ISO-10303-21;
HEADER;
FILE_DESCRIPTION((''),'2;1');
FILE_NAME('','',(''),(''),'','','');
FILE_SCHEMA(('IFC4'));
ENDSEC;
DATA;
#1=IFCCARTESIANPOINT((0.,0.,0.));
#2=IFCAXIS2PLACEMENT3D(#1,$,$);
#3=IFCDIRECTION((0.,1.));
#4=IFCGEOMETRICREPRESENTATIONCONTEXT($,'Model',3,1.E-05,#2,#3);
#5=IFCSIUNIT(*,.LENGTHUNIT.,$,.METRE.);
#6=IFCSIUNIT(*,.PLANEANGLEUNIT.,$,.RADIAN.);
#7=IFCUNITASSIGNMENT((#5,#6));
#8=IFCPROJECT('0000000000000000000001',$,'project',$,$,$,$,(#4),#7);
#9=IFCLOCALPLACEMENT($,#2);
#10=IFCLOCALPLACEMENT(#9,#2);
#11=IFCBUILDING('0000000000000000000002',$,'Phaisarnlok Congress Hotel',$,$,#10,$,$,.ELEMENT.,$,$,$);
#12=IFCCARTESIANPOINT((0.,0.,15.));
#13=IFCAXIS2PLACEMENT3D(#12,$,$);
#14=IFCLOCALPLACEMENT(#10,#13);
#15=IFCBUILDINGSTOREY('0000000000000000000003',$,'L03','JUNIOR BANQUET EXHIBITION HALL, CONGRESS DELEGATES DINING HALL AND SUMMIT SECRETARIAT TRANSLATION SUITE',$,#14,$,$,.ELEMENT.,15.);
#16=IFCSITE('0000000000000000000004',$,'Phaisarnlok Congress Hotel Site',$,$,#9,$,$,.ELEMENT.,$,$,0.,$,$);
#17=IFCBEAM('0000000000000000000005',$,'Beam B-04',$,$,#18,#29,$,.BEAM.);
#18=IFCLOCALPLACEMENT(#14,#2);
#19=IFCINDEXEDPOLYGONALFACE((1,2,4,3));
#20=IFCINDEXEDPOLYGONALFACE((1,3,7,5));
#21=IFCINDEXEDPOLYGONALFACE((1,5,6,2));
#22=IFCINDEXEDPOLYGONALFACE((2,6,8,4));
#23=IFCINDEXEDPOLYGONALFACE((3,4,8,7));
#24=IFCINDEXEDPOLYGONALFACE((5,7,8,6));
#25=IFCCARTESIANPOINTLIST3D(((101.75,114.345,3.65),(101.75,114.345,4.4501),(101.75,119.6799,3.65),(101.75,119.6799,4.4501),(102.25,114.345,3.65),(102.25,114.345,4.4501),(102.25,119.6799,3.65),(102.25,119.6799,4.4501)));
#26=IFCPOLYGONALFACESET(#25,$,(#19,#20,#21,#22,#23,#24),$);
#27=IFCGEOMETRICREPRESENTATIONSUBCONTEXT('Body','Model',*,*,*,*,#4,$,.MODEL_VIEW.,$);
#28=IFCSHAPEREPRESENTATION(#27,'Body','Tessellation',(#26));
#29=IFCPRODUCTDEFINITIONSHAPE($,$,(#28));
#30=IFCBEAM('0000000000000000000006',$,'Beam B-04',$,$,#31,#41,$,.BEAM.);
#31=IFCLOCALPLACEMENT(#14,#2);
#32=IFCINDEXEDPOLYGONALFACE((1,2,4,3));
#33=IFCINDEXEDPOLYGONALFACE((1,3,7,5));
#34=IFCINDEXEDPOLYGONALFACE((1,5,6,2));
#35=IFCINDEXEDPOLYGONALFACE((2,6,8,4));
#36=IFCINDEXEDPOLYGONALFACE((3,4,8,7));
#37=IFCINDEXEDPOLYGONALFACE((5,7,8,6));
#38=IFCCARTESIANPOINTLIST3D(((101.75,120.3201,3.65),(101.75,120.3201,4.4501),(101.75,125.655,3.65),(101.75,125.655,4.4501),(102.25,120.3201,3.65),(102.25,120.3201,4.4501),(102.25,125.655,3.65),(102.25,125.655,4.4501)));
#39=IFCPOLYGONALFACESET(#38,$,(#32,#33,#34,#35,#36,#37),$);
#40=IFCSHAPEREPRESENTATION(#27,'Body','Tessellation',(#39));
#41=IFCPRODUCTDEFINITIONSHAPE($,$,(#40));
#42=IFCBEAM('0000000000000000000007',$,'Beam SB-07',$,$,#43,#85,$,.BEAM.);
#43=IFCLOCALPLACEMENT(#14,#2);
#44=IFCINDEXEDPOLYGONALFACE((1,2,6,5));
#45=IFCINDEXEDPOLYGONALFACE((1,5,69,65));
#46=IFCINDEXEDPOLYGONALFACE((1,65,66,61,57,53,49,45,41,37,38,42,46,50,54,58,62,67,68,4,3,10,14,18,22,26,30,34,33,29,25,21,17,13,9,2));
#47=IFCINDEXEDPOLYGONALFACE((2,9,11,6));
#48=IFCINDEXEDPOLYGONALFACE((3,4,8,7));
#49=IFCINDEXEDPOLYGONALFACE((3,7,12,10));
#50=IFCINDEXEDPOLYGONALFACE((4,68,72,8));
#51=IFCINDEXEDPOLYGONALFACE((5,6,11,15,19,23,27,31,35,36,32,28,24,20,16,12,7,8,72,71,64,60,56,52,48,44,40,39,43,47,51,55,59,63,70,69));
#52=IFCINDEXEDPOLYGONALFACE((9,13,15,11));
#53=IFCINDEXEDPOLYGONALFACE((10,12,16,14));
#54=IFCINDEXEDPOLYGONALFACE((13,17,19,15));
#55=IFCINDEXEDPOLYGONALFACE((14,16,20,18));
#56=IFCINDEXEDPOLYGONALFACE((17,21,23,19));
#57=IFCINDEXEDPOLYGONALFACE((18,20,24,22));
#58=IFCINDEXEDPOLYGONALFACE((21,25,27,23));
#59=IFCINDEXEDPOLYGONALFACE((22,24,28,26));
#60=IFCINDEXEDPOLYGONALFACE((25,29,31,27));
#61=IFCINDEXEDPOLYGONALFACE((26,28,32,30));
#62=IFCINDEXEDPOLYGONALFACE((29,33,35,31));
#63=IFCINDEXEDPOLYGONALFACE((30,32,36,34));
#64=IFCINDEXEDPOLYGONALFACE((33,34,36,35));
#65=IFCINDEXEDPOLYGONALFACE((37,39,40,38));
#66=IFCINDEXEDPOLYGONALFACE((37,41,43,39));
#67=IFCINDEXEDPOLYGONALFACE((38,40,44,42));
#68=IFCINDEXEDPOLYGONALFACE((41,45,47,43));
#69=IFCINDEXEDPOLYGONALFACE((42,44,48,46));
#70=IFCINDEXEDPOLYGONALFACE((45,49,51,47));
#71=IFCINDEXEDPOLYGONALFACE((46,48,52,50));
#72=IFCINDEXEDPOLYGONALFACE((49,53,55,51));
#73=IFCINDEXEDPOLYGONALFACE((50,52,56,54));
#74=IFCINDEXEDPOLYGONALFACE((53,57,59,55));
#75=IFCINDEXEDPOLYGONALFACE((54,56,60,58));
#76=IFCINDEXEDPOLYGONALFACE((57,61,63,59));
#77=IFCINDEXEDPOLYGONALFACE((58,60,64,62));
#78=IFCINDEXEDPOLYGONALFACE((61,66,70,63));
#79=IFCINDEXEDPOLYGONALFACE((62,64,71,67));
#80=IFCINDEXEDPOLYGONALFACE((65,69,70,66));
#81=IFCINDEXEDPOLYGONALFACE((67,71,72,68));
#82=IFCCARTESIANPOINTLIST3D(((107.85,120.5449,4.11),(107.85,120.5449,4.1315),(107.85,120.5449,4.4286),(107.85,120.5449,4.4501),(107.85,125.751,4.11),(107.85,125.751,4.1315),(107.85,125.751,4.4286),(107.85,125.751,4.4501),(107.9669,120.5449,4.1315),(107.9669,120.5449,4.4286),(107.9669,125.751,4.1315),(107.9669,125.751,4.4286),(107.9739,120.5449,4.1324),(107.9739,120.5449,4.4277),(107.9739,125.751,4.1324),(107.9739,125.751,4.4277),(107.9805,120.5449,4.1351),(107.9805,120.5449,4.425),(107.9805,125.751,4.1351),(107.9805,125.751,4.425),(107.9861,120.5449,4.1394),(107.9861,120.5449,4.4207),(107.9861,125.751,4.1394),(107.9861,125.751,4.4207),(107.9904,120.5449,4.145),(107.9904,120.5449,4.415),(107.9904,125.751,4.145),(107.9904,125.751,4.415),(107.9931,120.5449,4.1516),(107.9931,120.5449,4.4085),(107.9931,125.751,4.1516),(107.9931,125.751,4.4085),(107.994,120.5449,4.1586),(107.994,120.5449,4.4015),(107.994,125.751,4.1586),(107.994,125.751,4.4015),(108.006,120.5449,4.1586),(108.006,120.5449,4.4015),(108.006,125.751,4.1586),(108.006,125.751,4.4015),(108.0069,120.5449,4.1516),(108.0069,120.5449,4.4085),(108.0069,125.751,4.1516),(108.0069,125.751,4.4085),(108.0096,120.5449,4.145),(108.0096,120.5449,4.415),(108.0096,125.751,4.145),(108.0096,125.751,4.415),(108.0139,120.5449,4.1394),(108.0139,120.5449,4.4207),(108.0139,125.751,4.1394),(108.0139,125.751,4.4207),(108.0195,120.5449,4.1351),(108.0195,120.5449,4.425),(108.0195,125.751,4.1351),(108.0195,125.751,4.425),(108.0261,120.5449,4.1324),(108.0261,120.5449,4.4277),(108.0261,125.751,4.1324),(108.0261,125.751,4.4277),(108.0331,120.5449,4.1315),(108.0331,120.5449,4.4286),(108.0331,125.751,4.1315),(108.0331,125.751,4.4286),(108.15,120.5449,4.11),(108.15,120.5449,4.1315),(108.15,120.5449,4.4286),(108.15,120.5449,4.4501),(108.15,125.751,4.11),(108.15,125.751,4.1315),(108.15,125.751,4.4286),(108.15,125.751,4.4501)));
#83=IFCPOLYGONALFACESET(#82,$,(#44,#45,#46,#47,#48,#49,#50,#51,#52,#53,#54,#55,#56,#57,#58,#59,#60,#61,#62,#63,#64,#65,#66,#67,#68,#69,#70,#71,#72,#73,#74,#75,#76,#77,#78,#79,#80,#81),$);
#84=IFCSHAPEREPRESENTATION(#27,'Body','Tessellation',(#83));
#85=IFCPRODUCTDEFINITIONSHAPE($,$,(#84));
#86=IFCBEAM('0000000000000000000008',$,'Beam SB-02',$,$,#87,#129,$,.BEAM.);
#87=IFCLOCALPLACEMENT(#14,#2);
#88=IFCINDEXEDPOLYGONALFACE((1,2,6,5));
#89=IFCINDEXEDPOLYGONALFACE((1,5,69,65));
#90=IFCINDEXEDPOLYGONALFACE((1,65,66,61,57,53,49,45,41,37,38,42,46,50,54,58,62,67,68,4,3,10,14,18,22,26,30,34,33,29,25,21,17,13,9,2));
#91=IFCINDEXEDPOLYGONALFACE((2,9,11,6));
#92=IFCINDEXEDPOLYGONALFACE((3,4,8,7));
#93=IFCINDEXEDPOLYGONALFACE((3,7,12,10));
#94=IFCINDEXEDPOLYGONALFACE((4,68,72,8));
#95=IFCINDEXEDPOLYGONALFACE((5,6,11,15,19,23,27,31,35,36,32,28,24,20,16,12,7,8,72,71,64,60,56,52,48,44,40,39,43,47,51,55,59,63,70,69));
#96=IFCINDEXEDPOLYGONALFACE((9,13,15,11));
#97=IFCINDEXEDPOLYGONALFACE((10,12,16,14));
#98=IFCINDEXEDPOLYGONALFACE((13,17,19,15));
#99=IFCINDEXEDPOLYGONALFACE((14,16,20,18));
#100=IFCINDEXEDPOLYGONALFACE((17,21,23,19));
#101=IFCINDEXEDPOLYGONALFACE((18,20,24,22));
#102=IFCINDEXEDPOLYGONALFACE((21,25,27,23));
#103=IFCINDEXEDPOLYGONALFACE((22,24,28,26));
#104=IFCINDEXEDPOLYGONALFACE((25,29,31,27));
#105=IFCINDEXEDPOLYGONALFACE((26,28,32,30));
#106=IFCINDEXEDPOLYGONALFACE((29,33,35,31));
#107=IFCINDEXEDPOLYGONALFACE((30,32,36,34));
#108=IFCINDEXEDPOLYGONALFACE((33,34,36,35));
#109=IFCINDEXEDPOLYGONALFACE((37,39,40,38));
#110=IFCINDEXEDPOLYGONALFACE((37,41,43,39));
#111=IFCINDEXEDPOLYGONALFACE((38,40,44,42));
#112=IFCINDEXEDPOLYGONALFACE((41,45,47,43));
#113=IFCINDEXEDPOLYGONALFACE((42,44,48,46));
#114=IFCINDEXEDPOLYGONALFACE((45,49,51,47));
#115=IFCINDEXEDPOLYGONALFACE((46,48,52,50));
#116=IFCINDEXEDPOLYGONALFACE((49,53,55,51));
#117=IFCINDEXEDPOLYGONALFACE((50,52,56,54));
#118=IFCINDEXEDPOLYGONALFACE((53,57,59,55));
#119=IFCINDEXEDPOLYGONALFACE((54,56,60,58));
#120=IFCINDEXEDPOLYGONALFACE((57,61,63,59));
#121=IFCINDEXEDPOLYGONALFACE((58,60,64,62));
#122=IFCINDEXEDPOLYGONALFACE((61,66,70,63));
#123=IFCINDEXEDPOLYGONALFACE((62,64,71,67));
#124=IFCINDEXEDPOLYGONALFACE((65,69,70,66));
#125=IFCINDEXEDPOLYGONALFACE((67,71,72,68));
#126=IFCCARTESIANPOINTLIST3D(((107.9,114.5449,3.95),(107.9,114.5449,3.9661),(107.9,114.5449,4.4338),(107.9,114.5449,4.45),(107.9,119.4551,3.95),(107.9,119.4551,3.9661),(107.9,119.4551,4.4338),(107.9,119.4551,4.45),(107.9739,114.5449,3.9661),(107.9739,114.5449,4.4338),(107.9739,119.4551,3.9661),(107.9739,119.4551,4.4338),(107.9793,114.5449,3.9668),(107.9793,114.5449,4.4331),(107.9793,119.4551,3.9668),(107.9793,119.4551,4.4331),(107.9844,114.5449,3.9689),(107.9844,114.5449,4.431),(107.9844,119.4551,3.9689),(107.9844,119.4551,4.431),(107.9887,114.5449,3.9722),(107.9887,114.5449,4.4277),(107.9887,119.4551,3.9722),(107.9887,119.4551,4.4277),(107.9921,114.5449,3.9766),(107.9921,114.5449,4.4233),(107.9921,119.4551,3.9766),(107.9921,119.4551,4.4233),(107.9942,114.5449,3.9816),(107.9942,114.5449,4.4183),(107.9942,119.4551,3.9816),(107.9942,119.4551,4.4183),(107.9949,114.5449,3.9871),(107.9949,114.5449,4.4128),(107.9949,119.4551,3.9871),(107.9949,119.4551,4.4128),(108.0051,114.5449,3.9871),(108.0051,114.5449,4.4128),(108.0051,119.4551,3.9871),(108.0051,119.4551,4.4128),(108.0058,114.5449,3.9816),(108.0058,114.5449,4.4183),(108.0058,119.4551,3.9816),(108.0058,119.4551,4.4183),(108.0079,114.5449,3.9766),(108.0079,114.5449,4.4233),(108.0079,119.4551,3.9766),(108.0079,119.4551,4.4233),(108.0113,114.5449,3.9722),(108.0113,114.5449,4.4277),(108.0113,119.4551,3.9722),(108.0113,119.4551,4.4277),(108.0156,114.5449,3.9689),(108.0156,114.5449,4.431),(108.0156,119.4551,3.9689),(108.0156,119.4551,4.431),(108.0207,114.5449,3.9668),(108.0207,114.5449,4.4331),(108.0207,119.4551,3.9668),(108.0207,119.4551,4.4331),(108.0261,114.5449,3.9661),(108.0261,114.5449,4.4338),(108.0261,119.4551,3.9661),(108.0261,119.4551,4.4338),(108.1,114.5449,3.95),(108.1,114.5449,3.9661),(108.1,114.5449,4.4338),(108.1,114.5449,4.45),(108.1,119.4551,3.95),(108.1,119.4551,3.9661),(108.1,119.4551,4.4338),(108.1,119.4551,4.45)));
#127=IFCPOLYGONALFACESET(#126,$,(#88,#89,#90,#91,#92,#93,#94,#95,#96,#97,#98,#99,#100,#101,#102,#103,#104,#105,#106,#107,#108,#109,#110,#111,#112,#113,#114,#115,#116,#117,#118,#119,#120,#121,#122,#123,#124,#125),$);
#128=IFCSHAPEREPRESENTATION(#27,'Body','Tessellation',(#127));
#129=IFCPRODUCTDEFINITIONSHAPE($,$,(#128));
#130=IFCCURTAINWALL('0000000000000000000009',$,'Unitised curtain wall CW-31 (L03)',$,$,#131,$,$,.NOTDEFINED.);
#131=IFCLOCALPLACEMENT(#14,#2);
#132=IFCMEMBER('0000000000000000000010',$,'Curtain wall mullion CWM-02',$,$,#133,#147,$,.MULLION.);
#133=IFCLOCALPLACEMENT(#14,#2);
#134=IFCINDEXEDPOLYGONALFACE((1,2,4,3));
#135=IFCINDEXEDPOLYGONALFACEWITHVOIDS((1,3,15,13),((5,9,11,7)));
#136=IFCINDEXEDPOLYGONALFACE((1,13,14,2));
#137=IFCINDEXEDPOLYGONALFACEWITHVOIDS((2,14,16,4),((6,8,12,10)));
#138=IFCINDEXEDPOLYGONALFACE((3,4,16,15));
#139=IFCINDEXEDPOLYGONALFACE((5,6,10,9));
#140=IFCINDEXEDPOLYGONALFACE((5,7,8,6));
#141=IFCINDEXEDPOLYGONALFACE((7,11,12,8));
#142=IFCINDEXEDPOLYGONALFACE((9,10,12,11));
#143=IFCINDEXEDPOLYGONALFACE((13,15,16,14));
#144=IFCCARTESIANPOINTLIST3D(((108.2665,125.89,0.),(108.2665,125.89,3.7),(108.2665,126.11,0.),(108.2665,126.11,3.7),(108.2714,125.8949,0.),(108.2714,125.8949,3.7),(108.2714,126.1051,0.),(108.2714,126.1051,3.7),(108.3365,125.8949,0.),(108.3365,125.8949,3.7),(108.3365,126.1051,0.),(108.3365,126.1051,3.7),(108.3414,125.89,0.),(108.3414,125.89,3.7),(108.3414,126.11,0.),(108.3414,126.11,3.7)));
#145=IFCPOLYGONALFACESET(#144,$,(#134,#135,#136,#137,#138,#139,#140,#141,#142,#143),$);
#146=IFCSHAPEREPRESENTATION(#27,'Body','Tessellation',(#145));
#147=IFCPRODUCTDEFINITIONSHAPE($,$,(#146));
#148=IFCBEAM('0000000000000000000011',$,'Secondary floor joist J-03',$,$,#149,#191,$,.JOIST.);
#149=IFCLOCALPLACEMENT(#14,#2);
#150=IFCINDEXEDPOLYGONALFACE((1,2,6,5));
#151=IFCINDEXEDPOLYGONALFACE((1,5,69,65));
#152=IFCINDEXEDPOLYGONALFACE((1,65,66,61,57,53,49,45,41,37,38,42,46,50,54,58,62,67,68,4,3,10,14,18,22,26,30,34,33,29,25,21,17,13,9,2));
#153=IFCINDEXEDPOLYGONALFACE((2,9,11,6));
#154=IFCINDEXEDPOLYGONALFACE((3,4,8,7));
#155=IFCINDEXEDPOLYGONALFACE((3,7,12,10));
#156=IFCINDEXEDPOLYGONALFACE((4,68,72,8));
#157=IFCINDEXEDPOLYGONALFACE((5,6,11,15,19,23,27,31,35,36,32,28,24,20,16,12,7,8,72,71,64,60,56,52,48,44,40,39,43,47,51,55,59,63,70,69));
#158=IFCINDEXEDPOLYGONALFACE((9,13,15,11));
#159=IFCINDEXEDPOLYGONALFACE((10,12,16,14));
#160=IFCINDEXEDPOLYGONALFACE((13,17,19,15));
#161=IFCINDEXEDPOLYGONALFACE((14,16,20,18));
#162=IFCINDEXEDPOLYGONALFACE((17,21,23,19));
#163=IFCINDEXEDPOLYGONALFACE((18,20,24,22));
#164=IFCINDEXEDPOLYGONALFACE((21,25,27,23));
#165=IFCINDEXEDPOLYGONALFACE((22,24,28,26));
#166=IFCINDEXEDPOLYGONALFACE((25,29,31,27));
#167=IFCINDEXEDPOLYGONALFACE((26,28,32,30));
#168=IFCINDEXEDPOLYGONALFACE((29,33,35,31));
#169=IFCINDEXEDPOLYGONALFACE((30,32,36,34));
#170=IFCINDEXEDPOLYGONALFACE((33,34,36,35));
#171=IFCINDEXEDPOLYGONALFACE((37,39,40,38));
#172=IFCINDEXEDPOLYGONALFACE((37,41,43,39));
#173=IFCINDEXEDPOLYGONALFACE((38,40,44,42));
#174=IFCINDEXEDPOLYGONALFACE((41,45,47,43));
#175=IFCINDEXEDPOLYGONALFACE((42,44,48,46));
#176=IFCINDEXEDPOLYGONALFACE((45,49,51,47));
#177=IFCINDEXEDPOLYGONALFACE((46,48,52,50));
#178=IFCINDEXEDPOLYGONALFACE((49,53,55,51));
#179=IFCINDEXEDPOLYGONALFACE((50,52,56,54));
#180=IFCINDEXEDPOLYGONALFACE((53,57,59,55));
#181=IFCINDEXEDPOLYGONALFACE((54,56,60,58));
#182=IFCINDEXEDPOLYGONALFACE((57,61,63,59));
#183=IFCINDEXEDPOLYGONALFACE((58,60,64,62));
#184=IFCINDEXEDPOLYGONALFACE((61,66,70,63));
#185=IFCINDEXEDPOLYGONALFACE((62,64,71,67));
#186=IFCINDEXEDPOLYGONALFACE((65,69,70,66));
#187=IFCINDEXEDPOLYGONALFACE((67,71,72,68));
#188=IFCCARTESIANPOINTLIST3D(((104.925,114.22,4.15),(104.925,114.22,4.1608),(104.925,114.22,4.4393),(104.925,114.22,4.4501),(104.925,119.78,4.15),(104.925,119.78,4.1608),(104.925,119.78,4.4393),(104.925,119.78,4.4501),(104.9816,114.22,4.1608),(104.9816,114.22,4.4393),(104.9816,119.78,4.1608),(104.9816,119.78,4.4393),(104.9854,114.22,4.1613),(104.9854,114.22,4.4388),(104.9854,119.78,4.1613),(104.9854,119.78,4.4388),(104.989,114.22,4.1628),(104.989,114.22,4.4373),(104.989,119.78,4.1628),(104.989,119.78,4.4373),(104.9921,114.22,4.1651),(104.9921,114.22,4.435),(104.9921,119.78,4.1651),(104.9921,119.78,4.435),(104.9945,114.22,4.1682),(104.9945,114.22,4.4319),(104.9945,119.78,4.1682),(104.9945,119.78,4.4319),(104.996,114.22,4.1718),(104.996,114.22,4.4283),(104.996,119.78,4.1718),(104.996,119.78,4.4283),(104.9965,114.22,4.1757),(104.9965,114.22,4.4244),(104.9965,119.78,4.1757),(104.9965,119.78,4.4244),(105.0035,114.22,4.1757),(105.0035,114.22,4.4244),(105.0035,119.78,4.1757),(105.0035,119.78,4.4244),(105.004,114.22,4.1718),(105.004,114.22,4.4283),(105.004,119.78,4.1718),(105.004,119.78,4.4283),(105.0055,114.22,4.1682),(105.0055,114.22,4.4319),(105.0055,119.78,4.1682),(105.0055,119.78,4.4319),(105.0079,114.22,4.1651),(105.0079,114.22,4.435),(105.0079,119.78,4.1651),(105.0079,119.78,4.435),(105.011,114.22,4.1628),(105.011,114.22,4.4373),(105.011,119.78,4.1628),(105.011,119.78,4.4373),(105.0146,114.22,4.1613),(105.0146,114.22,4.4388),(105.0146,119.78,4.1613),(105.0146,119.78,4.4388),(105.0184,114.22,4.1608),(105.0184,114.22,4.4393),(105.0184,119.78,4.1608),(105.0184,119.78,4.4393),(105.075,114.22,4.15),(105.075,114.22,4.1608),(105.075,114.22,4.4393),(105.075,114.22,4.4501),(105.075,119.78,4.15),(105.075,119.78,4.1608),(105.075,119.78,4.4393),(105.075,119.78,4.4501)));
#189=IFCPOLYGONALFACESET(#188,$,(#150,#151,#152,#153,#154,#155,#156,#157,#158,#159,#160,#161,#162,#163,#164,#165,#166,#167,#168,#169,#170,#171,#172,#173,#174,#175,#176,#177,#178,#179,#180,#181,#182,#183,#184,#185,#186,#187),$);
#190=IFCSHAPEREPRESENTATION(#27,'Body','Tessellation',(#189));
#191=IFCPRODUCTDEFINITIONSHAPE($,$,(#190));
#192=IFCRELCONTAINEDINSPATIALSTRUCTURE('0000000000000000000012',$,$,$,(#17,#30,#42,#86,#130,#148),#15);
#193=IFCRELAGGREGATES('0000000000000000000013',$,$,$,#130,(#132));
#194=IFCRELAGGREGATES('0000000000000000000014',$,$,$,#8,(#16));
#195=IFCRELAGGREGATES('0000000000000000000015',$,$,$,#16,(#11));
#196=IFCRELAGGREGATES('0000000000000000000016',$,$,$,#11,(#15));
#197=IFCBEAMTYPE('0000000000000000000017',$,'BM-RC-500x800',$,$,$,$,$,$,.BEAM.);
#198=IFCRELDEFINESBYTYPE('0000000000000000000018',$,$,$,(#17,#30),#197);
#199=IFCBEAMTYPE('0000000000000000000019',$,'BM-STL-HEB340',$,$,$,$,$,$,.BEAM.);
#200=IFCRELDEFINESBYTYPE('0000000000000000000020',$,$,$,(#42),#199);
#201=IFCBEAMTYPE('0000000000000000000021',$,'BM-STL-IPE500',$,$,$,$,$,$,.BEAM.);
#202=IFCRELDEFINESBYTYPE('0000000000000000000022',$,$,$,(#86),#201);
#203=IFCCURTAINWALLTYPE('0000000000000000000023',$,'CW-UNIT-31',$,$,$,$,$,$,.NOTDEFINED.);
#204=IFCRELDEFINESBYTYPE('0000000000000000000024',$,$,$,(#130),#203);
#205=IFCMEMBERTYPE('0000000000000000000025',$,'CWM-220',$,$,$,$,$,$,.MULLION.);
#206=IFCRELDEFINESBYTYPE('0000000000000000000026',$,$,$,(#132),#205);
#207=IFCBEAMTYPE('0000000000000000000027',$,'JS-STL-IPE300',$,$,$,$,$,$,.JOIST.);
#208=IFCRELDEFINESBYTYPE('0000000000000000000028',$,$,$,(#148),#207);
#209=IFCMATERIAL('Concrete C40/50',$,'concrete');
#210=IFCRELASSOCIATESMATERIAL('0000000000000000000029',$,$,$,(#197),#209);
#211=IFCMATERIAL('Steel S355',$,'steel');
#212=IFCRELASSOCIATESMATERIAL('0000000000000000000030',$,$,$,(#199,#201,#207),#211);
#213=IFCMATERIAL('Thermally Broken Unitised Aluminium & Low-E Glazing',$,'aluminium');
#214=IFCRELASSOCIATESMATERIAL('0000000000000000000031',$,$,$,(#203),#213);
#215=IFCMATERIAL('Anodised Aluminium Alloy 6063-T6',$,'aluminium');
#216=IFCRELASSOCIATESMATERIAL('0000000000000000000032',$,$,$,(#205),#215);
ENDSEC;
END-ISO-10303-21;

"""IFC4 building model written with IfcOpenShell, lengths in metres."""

from ifc_helpers import new_model, si_unit, direction, frame, origin, origin_2d, place, context, subcontext, project, spatial, rectangle, hollow_rectangle, i_section, extrude, material, material_profile, profile_set, type_object, element, aggregate, save


model = new_model("IFC4")

# Units and contexts
model_context = context("Model", 3, precision=1e-05, world=origin(), true_north=direction((0.0, 1.0)))
body_context = subcontext(model_context, "Body", "Model", "MODEL_VIEW")
ifc_project = project(units=[si_unit("LENGTHUNIT", "METRE"), si_unit("PLANEANGLEUNIT", "RADIAN")], contexts=[model_context])

# Site, building, storey
site_placement = place(None, origin())
site = spatial("IfcSite", under=ifc_project, at=site_placement, Name="Phaisarnlok Congress Hotel Site", CompositionType="ELEMENT", RefElevation=0.0)
building_placement = place(site_placement, origin())
building = spatial("IfcBuilding", under=site, at=building_placement, Name="Phaisarnlok Congress Hotel", CompositionType="ELEMENT")
storey_placement = place(building_placement, frame((0.0, 0.0, 15.0)))
storey = spatial("IfcBuildingStorey", under=building, at=storey_placement, Name="L03", Description="JUNIOR BANQUET EXHIBITION HALL, CONGRESS DELEGATES DINING HALL AND SUMMIT SECRETARIAT TRANSLATION SUITE", CompositionType="ELEMENT", Elevation=15.0)

# Shared definitions
ifc_material_1 = material(Name="Steel S355", Category="steel")

# Beams
ifc_material_2 = material(Name="Concrete C40/50", Category="concrete")
ifc_material_profile_1 = material_profile(ifc_material_2, rectangle(XDim=0.5, YDim=0.8, at=origin_2d()), Name="RC 500x800")
ifc_profile_set_1 = profile_set([ifc_material_profile_1], Name="Concrete C40/50")
beam_type_1 = type_object("IfcBeamType", Name="BM-RC-500x800", PredefinedType="BEAM", material=ifc_profile_set_1)
for number, where, z_axis, x_axis, name in (
    (1, (102.0, 114.345, 4.05), (0.0, 1.0, 0.0), (-1.0, 0.0, 0.0), "Beam B-04"),
    (2, (102.0, 120.3201, 4.05), (0.0, 1.0, 0.0), (-1.0, 0.0, 0.0), "Beam B-04"),
):
    element("IfcBeam", number, at=place(storey_placement, frame(where, z_axis=z_axis, x_axis=x_axis)), inside=storey, type_object=beam_type_1, Name=name, PredefinedType="BEAM", context=body_context, shape_type="SweptSolid", body=[
        extrude(rectangle(XDim=0.5, YDim=0.8, at=origin_2d()), origin(), (0.0, 0.0, 1.0), 5.335),
    ])
ifc_material_profile_2 = material_profile(ifc_material_1, i_section(OverallWidth=0.3, OverallDepth=0.3401, WebThickness=0.012, FlangeThickness=0.0215, FilletRadius=0.0271, at=origin_2d()), Name="HEB 340")
ifc_profile_set_2 = profile_set([ifc_material_profile_2], Name="Steel S355")
beam_type_2 = type_object("IfcBeamType", Name="BM-STL-HEB340", PredefinedType="BEAM", material=ifc_profile_set_2)
beam_1_placement = place(storey_placement, frame((108.0, 120.5449, 4.28), z_axis=(0.0, 1.0, 0.0), x_axis=(-1.0, 0.0, 0.0)))
element("IfcBeam", 3, at=beam_1_placement, inside=storey, type_object=beam_type_2, Name="Beam SB-07", PredefinedType="BEAM", context=body_context, shape_type="SweptSolid", body=[
    extrude(i_section(OverallWidth=0.3, OverallDepth=0.3401, WebThickness=0.012, FlangeThickness=0.0215, FilletRadius=0.0271, at=origin_2d()), origin(), (0.0, 0.0, 1.0), 5.2061),
])
ifc_material_profile_3 = material_profile(ifc_material_1, i_section(OverallWidth=0.2, OverallDepth=0.5, WebThickness=0.0103, FlangeThickness=0.0161, FilletRadius=0.021, at=origin_2d()), Name="IPE 500")
ifc_profile_set_3 = profile_set([ifc_material_profile_3], Name="Steel S355")
beam_type_3 = type_object("IfcBeamType", Name="BM-STL-IPE500", PredefinedType="BEAM", material=ifc_profile_set_3)
beam_2_placement = place(storey_placement, frame((108.0, 114.5449, 4.2), z_axis=(0.0, 1.0, 0.0), x_axis=(-1.0, 0.0, 0.0)))
element("IfcBeam", 4, at=beam_2_placement, inside=storey, type_object=beam_type_3, Name="Beam SB-02", PredefinedType="BEAM", context=body_context, shape_type="SweptSolid", body=[
    extrude(i_section(OverallWidth=0.2, OverallDepth=0.5, WebThickness=0.0103, FlangeThickness=0.0161, FilletRadius=0.021, at=origin_2d()), origin(), (0.0, 0.0, 1.0), 4.9102),
])

# Curtain wall, member
ifc_material_3 = material(Name="Thermally Broken Unitised Aluminium & Low-E Glazing", Category="aluminium")
curtain_wall_type = type_object("IfcCurtainWallType", Name="CW-UNIT-31", PredefinedType="NOTDEFINED", material=ifc_material_3)
curtain_wall_placement = place(storey_placement, origin())
curtain_wall = element("IfcCurtainWall", 5, at=curtain_wall_placement, inside=storey, type_object=curtain_wall_type, Name="Unitised curtain wall CW-31 (L03)", PredefinedType="NOTDEFINED")
ifc_material_4 = material(Name="Anodised Aluminium Alloy 6063-T6", Category="aluminium")
ifc_material_profile_4 = material_profile(ifc_material_4, hollow_rectangle(XDim=0.075, YDim=0.22, WallThickness=0.0049, at=origin_2d()), Name="ALU-M 75x220x5")
ifc_profile_set_4 = profile_set([ifc_material_profile_4], Name="Anodised Aluminium Alloy 6063-T6")
member_type = type_object("IfcMemberType", Name="CWM-220", PredefinedType="MULLION", material=ifc_profile_set_4)
member_placement = place(storey_placement, frame((108.304, 126.0, 0.0), z_axis=(0.0, 0.0, 1.0), x_axis=(-1.0, 0.0, 0.0)))
member = element("IfcMember", 6, at=member_placement, type_object=member_type, Name="Curtain wall mullion CWM-02", PredefinedType="MULLION", context=body_context, shape_type="SweptSolid", body=[
    extrude(hollow_rectangle(XDim=0.075, YDim=0.22, WallThickness=0.0049, at=origin_2d()), origin(), (0.0, 0.0, 1.0), 3.7),
])
aggregate(curtain_wall, [member])

# Beam
ifc_material_profile_5 = material_profile(ifc_material_1, i_section(OverallWidth=0.1499, OverallDepth=0.3, WebThickness=0.0071, FlangeThickness=0.0107, FilletRadius=0.0149, at=origin_2d()), Name="IPE 300")
ifc_profile_set_5 = profile_set([ifc_material_profile_5], Name="Steel S355")
beam_type_4 = type_object("IfcBeamType", Name="JS-STL-IPE300", PredefinedType="JOIST", material=ifc_profile_set_5)
beam_3_placement = place(storey_placement, frame((105.0, 114.22, 4.3), z_axis=(0.0, 1.0, 0.0), x_axis=(-1.0, 0.0, 0.0)))
element("IfcBeam", 7, at=beam_3_placement, inside=storey, type_object=beam_type_4, Name="Secondary floor joist J-03", PredefinedType="JOIST", context=body_context, shape_type="SweptSolid", body=[
    extrude(i_section(OverallWidth=0.1499, OverallDepth=0.3, WebThickness=0.0071, FlangeThickness=0.0107, FilletRadius=0.0149, at=origin_2d()), origin(), (0.0, 0.0, 1.0), 5.5601),
])

save(model, "model.ifc")
